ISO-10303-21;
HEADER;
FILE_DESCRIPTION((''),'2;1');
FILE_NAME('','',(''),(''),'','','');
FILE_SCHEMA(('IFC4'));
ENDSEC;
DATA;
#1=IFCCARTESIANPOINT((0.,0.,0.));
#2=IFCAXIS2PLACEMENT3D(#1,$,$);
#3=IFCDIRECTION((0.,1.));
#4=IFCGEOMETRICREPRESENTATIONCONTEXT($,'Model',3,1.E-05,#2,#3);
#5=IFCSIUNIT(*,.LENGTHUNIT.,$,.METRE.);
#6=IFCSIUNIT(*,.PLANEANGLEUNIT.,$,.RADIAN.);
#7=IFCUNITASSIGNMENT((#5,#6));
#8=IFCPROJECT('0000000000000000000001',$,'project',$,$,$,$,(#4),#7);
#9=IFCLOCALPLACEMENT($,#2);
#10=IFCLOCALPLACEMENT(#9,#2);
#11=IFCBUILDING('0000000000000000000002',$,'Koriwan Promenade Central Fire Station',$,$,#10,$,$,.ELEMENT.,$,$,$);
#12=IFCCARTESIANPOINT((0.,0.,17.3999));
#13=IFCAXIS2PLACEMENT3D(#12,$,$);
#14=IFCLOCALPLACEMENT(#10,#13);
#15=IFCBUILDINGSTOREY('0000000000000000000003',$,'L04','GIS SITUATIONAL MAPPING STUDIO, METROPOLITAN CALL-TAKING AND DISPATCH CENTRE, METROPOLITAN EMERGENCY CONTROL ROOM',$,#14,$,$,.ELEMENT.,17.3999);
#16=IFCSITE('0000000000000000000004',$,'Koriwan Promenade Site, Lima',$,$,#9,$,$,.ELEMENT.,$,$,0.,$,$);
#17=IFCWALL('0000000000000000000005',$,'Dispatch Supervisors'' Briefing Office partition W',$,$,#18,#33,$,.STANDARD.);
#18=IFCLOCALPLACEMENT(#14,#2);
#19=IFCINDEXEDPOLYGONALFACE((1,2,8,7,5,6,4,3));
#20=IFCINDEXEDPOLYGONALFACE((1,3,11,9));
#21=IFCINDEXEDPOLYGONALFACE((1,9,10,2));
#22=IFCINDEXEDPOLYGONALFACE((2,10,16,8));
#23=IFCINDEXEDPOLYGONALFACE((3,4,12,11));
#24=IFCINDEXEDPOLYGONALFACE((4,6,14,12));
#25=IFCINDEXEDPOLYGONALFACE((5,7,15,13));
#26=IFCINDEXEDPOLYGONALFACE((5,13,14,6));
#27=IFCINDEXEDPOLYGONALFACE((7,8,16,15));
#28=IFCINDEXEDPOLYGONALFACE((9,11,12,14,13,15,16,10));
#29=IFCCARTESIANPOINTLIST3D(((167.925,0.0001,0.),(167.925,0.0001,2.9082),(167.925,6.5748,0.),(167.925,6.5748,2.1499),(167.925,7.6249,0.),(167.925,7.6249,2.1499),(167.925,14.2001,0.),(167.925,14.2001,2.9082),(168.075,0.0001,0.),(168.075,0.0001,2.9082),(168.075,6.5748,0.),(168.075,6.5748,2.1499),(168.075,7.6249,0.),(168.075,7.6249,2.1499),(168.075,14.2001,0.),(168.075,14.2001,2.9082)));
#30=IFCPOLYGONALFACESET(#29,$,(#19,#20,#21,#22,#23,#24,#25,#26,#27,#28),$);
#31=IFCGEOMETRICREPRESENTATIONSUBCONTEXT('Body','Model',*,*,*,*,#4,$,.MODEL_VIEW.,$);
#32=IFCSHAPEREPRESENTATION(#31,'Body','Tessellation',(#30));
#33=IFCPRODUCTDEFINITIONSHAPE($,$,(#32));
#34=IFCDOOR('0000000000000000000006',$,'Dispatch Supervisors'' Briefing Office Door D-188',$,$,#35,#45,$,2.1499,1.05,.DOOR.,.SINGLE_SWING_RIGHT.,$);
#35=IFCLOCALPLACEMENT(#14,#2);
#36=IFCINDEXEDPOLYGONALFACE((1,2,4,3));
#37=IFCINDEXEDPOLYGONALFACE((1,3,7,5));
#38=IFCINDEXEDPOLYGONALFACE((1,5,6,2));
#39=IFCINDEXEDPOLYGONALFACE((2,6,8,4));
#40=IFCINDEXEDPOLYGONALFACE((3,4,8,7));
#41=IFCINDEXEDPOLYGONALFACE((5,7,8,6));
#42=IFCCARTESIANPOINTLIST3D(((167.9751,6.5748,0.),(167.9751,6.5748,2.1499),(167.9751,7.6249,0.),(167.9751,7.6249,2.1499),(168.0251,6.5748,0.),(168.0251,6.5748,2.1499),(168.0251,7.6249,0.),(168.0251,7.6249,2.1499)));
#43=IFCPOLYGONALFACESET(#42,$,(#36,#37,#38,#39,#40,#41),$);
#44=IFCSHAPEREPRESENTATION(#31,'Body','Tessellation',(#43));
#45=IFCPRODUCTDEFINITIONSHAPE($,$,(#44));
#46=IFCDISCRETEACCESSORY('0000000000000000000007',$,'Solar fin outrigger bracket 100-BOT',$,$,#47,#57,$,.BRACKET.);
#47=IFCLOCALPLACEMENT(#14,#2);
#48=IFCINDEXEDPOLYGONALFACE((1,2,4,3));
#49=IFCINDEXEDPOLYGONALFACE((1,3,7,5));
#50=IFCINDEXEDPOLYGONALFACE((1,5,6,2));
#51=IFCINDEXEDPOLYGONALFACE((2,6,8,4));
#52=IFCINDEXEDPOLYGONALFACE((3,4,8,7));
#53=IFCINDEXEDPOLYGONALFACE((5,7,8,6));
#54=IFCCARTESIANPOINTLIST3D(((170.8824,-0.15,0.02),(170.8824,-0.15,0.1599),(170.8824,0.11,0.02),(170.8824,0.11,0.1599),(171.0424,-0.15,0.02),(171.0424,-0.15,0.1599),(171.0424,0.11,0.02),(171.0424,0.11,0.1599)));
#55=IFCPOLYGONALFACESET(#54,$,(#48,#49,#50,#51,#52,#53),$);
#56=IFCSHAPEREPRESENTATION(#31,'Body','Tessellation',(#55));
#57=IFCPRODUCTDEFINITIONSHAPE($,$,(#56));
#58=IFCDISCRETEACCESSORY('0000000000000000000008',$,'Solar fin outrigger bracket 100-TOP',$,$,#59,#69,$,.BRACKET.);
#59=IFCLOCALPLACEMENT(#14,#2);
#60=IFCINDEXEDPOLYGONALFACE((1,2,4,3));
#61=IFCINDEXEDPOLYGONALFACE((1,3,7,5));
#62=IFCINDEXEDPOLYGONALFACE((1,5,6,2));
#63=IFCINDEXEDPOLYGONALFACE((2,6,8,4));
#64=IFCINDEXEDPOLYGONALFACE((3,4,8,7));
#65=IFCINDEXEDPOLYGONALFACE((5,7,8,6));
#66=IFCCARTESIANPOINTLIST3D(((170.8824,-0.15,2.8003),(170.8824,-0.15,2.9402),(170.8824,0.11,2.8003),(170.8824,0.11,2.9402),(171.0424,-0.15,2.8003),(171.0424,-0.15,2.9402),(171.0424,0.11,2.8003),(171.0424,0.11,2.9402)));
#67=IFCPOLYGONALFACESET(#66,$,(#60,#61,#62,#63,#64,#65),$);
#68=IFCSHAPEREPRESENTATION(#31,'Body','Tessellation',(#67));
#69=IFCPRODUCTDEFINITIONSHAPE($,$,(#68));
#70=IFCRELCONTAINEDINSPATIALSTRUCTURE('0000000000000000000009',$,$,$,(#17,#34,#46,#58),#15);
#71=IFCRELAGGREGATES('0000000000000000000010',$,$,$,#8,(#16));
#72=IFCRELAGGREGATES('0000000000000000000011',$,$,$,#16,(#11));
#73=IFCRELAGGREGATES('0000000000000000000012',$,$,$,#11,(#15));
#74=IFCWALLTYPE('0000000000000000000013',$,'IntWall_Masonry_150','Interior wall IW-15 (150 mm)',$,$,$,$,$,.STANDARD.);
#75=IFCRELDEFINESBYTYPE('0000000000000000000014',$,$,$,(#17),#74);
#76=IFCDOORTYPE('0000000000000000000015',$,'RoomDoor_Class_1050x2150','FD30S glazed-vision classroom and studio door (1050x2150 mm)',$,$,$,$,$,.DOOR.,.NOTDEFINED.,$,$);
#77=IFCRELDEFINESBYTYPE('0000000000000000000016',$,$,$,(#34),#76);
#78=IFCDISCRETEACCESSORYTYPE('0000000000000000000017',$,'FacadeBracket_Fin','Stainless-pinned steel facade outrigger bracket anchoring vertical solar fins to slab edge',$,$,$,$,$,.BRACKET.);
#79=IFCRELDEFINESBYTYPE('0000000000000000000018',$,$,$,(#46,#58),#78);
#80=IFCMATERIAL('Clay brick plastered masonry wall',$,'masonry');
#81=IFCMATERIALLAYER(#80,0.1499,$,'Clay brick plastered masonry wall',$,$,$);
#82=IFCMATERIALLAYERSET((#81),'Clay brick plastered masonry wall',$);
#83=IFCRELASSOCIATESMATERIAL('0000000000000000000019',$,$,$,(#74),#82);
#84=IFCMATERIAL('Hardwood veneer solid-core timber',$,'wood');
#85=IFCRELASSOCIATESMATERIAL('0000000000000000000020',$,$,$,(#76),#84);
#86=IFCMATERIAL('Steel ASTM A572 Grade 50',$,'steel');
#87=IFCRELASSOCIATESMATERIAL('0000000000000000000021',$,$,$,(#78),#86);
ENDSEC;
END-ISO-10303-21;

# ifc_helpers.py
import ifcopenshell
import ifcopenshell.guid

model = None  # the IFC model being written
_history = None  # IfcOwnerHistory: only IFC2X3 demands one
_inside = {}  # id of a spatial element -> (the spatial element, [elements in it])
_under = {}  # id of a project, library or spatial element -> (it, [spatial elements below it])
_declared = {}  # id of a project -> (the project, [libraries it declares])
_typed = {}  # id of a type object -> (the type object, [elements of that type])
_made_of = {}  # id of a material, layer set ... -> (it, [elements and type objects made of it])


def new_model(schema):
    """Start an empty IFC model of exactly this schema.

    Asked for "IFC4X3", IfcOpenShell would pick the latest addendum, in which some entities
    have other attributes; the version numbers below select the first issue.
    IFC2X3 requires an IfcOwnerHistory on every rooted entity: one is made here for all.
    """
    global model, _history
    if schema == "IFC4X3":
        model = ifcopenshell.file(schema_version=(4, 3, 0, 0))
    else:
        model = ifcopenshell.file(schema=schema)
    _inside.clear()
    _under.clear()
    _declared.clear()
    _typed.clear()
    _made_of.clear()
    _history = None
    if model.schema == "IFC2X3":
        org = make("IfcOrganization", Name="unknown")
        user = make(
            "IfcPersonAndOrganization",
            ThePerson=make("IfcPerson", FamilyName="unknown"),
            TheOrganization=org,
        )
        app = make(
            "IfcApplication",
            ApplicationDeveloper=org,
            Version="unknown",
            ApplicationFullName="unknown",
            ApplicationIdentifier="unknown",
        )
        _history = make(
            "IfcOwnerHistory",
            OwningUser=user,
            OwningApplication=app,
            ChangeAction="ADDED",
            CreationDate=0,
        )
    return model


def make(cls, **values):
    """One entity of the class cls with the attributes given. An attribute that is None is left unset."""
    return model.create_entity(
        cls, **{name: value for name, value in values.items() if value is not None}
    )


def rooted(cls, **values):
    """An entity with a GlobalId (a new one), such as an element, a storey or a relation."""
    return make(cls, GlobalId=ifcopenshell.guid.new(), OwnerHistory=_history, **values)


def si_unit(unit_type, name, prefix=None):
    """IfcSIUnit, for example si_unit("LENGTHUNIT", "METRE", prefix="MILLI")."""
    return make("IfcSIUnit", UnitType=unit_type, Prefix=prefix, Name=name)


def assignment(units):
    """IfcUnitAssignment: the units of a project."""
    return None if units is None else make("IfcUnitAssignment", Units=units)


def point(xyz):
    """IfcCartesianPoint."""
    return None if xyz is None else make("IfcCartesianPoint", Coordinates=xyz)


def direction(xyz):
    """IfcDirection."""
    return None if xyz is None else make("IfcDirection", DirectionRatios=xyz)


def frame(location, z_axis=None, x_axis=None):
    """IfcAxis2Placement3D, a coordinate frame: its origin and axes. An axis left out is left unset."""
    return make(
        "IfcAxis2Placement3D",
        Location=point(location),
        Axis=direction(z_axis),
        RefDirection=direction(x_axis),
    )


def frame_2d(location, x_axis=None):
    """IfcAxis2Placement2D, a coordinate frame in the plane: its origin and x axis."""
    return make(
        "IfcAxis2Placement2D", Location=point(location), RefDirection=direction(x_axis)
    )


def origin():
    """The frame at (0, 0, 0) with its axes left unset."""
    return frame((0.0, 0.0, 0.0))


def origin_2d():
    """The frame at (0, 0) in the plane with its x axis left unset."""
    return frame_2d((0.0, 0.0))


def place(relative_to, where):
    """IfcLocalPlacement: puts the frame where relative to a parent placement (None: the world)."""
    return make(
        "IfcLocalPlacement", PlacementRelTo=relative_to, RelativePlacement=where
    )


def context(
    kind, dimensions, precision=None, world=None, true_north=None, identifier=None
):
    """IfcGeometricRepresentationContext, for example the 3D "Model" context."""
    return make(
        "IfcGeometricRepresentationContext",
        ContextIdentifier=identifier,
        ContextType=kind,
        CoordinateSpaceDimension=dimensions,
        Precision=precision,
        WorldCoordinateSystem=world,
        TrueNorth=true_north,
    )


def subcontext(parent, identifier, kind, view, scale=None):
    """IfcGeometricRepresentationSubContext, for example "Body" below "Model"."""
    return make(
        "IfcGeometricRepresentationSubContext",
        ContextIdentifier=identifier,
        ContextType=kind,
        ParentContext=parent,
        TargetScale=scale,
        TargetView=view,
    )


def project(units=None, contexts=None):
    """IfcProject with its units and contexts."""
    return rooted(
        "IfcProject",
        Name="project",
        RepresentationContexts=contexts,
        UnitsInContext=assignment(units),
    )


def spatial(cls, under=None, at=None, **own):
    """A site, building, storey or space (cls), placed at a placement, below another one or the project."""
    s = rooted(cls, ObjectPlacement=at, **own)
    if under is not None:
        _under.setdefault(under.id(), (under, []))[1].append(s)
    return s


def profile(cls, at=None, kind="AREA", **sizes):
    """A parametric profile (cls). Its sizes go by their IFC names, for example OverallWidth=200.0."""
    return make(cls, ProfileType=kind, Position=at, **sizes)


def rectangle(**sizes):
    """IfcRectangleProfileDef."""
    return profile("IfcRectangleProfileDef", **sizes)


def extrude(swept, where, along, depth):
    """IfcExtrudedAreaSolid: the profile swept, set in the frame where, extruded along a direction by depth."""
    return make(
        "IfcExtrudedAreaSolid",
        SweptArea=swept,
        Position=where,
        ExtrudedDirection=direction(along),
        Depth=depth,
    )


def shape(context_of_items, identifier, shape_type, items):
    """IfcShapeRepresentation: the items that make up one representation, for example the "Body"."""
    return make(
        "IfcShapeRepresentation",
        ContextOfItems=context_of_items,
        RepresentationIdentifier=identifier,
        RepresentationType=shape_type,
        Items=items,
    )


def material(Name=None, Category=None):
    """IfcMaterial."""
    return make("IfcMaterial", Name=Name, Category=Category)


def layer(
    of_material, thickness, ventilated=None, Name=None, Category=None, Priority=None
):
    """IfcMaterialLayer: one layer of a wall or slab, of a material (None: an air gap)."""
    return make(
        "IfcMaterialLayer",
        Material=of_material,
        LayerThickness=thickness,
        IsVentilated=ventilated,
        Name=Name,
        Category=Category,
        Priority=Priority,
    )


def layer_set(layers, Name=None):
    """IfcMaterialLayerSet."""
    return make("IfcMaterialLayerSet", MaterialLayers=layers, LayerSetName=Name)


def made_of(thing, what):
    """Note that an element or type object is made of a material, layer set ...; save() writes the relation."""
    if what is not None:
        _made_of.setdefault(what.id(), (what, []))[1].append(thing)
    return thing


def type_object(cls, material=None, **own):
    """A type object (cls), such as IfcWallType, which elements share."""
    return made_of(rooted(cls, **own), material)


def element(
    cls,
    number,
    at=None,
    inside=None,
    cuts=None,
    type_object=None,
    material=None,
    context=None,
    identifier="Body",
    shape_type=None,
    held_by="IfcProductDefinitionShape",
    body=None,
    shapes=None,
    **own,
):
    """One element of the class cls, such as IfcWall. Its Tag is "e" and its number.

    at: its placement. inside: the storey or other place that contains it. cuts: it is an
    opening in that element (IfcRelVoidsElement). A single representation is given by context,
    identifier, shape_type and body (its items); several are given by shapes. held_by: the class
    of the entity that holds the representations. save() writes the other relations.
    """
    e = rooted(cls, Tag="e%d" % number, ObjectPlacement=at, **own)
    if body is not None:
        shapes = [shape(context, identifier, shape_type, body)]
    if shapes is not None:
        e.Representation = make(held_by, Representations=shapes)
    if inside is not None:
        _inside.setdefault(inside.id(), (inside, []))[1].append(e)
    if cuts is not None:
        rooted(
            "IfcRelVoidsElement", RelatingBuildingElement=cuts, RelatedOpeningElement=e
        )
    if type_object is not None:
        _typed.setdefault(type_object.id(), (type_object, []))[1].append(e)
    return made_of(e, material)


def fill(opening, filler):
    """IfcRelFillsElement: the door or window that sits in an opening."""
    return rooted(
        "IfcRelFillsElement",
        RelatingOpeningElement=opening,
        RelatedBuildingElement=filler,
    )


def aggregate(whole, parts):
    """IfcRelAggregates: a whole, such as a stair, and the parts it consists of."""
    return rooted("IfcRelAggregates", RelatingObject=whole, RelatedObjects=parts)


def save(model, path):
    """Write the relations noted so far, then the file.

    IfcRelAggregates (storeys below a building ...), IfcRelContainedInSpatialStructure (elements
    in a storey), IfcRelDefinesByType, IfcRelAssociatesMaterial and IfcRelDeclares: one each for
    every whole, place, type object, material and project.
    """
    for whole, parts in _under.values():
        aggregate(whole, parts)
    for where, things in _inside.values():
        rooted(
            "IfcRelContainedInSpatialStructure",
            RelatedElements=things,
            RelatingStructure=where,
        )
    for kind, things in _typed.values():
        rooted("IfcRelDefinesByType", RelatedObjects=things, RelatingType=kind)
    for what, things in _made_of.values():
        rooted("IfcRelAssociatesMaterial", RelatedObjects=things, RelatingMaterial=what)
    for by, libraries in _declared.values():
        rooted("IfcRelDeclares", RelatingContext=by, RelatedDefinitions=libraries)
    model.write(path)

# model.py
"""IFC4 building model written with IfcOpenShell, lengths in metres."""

from ifc_helpers import new_model, si_unit, direction, frame, frame_2d, origin, origin_2d, place, context, subcontext, project, spatial, rectangle, extrude, material, layer, layer_set, type_object, element, fill, save


model = new_model("IFC4")

# Units and contexts
model_context = context("Model", 3, precision=1e-05, world=origin(), true_north=direction((0.0, 1.0)))
body_context = subcontext(model_context, "Body", "Model", "MODEL_VIEW")
ifc_project = project(units=[si_unit("LENGTHUNIT", "METRE"), si_unit("PLANEANGLEUNIT", "RADIAN")], contexts=[model_context])

# Site, building, storey
site_placement = place(None, origin())
site = spatial("IfcSite", under=ifc_project, at=site_placement, Name="Koriwan Promenade Site, Lima", CompositionType="ELEMENT", RefElevation=0.0)
building_placement = place(site_placement, origin())
building = spatial("IfcBuilding", under=site, at=building_placement, Name="Koriwan Promenade Central Fire Station", CompositionType="ELEMENT")
storey_placement = place(building_placement, frame((0.0, 0.0, 17.3999)))
storey = spatial("IfcBuildingStorey", under=building, at=storey_placement, Name="L04", Description="GIS SITUATIONAL MAPPING STUDIO, METROPOLITAN CALL-TAKING AND DISPATCH CENTRE, METROPOLITAN EMERGENCY CONTROL ROOM", CompositionType="ELEMENT", Elevation=17.3999)

# Wall, opening, door
ifc_material_1 = material(Name="Clay brick plastered masonry wall", Category="masonry")
ifc_layer_1 = layer(ifc_material_1, 0.1499, Name="Clay brick plastered masonry wall")
ifc_layer_set_1 = layer_set([ifc_layer_1], Name="Clay brick plastered masonry wall")
wall_type_1 = type_object("IfcWallType", Name="IntWall_Masonry_150", Description="Interior wall IW-15 (150 mm)", PredefinedType="STANDARD", material=ifc_layer_set_1)
wall_1_placement = place(storey_placement, frame((168.0, 0.0, 0.0), z_axis=(0.0, 0.0, 1.0), x_axis=(0.0, 1.0, 0.0)))
wall_1 = element("IfcWall", 1, at=wall_1_placement, inside=storey, type_object=wall_type_1, Name="Dispatch Supervisors' Briefing Office partition W", PredefinedType="STANDARD", context=body_context, shape_type="SweptSolid", body=[
    extrude(rectangle(XDim=14.2, YDim=0.1499, at=frame_2d((7.1001, 0.0))), origin(), (0.0, 0.0, 1.0), 2.9082),
])
opening_placement = place(wall_1_placement, frame((6.575, 0.0, 0.0)))
opening = element("IfcOpeningElement", 2, at=opening_placement, cuts=wall_1, PredefinedType="OPENING", context=body_context, shape_type="SweptSolid", body=[
    extrude(rectangle(XDim=1.05, YDim=2.1499, at=frame_2d((0.5249, 1.075))), frame((0.0, 0.0869, 0.0), z_axis=(0.0, -1.0, 0.0), x_axis=(1.0, 0.0, 0.0)), (0.0, 0.0, 1.0), 0.1738),
])
ifc_material_2 = material(Name="Hardwood veneer solid-core timber", Category="wood")
door_type = type_object("IfcDoorType", Name="RoomDoor_Class_1050x2150", Description="FD30S glazed-vision classroom and studio door (1050x2150 mm)", OperationType="NOTDEFINED", PredefinedType="DOOR", material=ifc_material_2)
door_placement = place(opening_placement, origin())
door = element("IfcDoor", 3, at=door_placement, inside=storey, type_object=door_type, Name="Dispatch Supervisors' Briefing Office Door D-188", OperationType="SINGLE_SWING_RIGHT", OverallHeight=2.1499, OverallWidth=1.05, PredefinedType="DOOR", context=body_context, shape_type="SweptSolid", body=[
    extrude(rectangle(XDim=1.05, YDim=2.1499, at=frame_2d((0.5249, 1.075))), frame((0.0, 0.0249, 0.0), z_axis=(0.0, -1.0, 0.0), x_axis=(1.0, 0.0, 0.0)), (0.0, 0.0, 1.0), 0.05),
])
fill(opening, door)

# Discrete accessories
ifc_material_3 = material(Name="Steel ASTM A572 Grade 50", Category="steel")
discrete_accessory_type = type_object("IfcDiscreteAccessoryType", Name="FacadeBracket_Fin", Description="Stainless-pinned steel facade outrigger bracket anchoring vertical solar fins to slab edge", PredefinedType="BRACKET", material=ifc_material_3)
for number, where, z_axis, x_axis, name in (
    (4, (170.9624, -0.02, 0.02), (0.0, 0.0, 1.0), (0.0, -1.0, 0.0), "Solar fin outrigger bracket 100-BOT"),
    (5, (170.9624, -0.02, 2.8003), (0.0, 0.0, 1.0), (0.0, -1.0, 0.0), "Solar fin outrigger bracket 100-TOP"),
):
    element("IfcDiscreteAccessory", number, at=place(storey_placement, frame(where, z_axis=z_axis, x_axis=x_axis)), inside=storey, type_object=discrete_accessory_type, Name=name, PredefinedType="BRACKET", context=body_context, shape_type="SweptSolid", body=[
        extrude(rectangle(XDim=0.26, YDim=0.1599, at=origin_2d()), origin(), (0.0, 0.0, 1.0), 0.1399),
    ])

save(model, "model.ifc")
